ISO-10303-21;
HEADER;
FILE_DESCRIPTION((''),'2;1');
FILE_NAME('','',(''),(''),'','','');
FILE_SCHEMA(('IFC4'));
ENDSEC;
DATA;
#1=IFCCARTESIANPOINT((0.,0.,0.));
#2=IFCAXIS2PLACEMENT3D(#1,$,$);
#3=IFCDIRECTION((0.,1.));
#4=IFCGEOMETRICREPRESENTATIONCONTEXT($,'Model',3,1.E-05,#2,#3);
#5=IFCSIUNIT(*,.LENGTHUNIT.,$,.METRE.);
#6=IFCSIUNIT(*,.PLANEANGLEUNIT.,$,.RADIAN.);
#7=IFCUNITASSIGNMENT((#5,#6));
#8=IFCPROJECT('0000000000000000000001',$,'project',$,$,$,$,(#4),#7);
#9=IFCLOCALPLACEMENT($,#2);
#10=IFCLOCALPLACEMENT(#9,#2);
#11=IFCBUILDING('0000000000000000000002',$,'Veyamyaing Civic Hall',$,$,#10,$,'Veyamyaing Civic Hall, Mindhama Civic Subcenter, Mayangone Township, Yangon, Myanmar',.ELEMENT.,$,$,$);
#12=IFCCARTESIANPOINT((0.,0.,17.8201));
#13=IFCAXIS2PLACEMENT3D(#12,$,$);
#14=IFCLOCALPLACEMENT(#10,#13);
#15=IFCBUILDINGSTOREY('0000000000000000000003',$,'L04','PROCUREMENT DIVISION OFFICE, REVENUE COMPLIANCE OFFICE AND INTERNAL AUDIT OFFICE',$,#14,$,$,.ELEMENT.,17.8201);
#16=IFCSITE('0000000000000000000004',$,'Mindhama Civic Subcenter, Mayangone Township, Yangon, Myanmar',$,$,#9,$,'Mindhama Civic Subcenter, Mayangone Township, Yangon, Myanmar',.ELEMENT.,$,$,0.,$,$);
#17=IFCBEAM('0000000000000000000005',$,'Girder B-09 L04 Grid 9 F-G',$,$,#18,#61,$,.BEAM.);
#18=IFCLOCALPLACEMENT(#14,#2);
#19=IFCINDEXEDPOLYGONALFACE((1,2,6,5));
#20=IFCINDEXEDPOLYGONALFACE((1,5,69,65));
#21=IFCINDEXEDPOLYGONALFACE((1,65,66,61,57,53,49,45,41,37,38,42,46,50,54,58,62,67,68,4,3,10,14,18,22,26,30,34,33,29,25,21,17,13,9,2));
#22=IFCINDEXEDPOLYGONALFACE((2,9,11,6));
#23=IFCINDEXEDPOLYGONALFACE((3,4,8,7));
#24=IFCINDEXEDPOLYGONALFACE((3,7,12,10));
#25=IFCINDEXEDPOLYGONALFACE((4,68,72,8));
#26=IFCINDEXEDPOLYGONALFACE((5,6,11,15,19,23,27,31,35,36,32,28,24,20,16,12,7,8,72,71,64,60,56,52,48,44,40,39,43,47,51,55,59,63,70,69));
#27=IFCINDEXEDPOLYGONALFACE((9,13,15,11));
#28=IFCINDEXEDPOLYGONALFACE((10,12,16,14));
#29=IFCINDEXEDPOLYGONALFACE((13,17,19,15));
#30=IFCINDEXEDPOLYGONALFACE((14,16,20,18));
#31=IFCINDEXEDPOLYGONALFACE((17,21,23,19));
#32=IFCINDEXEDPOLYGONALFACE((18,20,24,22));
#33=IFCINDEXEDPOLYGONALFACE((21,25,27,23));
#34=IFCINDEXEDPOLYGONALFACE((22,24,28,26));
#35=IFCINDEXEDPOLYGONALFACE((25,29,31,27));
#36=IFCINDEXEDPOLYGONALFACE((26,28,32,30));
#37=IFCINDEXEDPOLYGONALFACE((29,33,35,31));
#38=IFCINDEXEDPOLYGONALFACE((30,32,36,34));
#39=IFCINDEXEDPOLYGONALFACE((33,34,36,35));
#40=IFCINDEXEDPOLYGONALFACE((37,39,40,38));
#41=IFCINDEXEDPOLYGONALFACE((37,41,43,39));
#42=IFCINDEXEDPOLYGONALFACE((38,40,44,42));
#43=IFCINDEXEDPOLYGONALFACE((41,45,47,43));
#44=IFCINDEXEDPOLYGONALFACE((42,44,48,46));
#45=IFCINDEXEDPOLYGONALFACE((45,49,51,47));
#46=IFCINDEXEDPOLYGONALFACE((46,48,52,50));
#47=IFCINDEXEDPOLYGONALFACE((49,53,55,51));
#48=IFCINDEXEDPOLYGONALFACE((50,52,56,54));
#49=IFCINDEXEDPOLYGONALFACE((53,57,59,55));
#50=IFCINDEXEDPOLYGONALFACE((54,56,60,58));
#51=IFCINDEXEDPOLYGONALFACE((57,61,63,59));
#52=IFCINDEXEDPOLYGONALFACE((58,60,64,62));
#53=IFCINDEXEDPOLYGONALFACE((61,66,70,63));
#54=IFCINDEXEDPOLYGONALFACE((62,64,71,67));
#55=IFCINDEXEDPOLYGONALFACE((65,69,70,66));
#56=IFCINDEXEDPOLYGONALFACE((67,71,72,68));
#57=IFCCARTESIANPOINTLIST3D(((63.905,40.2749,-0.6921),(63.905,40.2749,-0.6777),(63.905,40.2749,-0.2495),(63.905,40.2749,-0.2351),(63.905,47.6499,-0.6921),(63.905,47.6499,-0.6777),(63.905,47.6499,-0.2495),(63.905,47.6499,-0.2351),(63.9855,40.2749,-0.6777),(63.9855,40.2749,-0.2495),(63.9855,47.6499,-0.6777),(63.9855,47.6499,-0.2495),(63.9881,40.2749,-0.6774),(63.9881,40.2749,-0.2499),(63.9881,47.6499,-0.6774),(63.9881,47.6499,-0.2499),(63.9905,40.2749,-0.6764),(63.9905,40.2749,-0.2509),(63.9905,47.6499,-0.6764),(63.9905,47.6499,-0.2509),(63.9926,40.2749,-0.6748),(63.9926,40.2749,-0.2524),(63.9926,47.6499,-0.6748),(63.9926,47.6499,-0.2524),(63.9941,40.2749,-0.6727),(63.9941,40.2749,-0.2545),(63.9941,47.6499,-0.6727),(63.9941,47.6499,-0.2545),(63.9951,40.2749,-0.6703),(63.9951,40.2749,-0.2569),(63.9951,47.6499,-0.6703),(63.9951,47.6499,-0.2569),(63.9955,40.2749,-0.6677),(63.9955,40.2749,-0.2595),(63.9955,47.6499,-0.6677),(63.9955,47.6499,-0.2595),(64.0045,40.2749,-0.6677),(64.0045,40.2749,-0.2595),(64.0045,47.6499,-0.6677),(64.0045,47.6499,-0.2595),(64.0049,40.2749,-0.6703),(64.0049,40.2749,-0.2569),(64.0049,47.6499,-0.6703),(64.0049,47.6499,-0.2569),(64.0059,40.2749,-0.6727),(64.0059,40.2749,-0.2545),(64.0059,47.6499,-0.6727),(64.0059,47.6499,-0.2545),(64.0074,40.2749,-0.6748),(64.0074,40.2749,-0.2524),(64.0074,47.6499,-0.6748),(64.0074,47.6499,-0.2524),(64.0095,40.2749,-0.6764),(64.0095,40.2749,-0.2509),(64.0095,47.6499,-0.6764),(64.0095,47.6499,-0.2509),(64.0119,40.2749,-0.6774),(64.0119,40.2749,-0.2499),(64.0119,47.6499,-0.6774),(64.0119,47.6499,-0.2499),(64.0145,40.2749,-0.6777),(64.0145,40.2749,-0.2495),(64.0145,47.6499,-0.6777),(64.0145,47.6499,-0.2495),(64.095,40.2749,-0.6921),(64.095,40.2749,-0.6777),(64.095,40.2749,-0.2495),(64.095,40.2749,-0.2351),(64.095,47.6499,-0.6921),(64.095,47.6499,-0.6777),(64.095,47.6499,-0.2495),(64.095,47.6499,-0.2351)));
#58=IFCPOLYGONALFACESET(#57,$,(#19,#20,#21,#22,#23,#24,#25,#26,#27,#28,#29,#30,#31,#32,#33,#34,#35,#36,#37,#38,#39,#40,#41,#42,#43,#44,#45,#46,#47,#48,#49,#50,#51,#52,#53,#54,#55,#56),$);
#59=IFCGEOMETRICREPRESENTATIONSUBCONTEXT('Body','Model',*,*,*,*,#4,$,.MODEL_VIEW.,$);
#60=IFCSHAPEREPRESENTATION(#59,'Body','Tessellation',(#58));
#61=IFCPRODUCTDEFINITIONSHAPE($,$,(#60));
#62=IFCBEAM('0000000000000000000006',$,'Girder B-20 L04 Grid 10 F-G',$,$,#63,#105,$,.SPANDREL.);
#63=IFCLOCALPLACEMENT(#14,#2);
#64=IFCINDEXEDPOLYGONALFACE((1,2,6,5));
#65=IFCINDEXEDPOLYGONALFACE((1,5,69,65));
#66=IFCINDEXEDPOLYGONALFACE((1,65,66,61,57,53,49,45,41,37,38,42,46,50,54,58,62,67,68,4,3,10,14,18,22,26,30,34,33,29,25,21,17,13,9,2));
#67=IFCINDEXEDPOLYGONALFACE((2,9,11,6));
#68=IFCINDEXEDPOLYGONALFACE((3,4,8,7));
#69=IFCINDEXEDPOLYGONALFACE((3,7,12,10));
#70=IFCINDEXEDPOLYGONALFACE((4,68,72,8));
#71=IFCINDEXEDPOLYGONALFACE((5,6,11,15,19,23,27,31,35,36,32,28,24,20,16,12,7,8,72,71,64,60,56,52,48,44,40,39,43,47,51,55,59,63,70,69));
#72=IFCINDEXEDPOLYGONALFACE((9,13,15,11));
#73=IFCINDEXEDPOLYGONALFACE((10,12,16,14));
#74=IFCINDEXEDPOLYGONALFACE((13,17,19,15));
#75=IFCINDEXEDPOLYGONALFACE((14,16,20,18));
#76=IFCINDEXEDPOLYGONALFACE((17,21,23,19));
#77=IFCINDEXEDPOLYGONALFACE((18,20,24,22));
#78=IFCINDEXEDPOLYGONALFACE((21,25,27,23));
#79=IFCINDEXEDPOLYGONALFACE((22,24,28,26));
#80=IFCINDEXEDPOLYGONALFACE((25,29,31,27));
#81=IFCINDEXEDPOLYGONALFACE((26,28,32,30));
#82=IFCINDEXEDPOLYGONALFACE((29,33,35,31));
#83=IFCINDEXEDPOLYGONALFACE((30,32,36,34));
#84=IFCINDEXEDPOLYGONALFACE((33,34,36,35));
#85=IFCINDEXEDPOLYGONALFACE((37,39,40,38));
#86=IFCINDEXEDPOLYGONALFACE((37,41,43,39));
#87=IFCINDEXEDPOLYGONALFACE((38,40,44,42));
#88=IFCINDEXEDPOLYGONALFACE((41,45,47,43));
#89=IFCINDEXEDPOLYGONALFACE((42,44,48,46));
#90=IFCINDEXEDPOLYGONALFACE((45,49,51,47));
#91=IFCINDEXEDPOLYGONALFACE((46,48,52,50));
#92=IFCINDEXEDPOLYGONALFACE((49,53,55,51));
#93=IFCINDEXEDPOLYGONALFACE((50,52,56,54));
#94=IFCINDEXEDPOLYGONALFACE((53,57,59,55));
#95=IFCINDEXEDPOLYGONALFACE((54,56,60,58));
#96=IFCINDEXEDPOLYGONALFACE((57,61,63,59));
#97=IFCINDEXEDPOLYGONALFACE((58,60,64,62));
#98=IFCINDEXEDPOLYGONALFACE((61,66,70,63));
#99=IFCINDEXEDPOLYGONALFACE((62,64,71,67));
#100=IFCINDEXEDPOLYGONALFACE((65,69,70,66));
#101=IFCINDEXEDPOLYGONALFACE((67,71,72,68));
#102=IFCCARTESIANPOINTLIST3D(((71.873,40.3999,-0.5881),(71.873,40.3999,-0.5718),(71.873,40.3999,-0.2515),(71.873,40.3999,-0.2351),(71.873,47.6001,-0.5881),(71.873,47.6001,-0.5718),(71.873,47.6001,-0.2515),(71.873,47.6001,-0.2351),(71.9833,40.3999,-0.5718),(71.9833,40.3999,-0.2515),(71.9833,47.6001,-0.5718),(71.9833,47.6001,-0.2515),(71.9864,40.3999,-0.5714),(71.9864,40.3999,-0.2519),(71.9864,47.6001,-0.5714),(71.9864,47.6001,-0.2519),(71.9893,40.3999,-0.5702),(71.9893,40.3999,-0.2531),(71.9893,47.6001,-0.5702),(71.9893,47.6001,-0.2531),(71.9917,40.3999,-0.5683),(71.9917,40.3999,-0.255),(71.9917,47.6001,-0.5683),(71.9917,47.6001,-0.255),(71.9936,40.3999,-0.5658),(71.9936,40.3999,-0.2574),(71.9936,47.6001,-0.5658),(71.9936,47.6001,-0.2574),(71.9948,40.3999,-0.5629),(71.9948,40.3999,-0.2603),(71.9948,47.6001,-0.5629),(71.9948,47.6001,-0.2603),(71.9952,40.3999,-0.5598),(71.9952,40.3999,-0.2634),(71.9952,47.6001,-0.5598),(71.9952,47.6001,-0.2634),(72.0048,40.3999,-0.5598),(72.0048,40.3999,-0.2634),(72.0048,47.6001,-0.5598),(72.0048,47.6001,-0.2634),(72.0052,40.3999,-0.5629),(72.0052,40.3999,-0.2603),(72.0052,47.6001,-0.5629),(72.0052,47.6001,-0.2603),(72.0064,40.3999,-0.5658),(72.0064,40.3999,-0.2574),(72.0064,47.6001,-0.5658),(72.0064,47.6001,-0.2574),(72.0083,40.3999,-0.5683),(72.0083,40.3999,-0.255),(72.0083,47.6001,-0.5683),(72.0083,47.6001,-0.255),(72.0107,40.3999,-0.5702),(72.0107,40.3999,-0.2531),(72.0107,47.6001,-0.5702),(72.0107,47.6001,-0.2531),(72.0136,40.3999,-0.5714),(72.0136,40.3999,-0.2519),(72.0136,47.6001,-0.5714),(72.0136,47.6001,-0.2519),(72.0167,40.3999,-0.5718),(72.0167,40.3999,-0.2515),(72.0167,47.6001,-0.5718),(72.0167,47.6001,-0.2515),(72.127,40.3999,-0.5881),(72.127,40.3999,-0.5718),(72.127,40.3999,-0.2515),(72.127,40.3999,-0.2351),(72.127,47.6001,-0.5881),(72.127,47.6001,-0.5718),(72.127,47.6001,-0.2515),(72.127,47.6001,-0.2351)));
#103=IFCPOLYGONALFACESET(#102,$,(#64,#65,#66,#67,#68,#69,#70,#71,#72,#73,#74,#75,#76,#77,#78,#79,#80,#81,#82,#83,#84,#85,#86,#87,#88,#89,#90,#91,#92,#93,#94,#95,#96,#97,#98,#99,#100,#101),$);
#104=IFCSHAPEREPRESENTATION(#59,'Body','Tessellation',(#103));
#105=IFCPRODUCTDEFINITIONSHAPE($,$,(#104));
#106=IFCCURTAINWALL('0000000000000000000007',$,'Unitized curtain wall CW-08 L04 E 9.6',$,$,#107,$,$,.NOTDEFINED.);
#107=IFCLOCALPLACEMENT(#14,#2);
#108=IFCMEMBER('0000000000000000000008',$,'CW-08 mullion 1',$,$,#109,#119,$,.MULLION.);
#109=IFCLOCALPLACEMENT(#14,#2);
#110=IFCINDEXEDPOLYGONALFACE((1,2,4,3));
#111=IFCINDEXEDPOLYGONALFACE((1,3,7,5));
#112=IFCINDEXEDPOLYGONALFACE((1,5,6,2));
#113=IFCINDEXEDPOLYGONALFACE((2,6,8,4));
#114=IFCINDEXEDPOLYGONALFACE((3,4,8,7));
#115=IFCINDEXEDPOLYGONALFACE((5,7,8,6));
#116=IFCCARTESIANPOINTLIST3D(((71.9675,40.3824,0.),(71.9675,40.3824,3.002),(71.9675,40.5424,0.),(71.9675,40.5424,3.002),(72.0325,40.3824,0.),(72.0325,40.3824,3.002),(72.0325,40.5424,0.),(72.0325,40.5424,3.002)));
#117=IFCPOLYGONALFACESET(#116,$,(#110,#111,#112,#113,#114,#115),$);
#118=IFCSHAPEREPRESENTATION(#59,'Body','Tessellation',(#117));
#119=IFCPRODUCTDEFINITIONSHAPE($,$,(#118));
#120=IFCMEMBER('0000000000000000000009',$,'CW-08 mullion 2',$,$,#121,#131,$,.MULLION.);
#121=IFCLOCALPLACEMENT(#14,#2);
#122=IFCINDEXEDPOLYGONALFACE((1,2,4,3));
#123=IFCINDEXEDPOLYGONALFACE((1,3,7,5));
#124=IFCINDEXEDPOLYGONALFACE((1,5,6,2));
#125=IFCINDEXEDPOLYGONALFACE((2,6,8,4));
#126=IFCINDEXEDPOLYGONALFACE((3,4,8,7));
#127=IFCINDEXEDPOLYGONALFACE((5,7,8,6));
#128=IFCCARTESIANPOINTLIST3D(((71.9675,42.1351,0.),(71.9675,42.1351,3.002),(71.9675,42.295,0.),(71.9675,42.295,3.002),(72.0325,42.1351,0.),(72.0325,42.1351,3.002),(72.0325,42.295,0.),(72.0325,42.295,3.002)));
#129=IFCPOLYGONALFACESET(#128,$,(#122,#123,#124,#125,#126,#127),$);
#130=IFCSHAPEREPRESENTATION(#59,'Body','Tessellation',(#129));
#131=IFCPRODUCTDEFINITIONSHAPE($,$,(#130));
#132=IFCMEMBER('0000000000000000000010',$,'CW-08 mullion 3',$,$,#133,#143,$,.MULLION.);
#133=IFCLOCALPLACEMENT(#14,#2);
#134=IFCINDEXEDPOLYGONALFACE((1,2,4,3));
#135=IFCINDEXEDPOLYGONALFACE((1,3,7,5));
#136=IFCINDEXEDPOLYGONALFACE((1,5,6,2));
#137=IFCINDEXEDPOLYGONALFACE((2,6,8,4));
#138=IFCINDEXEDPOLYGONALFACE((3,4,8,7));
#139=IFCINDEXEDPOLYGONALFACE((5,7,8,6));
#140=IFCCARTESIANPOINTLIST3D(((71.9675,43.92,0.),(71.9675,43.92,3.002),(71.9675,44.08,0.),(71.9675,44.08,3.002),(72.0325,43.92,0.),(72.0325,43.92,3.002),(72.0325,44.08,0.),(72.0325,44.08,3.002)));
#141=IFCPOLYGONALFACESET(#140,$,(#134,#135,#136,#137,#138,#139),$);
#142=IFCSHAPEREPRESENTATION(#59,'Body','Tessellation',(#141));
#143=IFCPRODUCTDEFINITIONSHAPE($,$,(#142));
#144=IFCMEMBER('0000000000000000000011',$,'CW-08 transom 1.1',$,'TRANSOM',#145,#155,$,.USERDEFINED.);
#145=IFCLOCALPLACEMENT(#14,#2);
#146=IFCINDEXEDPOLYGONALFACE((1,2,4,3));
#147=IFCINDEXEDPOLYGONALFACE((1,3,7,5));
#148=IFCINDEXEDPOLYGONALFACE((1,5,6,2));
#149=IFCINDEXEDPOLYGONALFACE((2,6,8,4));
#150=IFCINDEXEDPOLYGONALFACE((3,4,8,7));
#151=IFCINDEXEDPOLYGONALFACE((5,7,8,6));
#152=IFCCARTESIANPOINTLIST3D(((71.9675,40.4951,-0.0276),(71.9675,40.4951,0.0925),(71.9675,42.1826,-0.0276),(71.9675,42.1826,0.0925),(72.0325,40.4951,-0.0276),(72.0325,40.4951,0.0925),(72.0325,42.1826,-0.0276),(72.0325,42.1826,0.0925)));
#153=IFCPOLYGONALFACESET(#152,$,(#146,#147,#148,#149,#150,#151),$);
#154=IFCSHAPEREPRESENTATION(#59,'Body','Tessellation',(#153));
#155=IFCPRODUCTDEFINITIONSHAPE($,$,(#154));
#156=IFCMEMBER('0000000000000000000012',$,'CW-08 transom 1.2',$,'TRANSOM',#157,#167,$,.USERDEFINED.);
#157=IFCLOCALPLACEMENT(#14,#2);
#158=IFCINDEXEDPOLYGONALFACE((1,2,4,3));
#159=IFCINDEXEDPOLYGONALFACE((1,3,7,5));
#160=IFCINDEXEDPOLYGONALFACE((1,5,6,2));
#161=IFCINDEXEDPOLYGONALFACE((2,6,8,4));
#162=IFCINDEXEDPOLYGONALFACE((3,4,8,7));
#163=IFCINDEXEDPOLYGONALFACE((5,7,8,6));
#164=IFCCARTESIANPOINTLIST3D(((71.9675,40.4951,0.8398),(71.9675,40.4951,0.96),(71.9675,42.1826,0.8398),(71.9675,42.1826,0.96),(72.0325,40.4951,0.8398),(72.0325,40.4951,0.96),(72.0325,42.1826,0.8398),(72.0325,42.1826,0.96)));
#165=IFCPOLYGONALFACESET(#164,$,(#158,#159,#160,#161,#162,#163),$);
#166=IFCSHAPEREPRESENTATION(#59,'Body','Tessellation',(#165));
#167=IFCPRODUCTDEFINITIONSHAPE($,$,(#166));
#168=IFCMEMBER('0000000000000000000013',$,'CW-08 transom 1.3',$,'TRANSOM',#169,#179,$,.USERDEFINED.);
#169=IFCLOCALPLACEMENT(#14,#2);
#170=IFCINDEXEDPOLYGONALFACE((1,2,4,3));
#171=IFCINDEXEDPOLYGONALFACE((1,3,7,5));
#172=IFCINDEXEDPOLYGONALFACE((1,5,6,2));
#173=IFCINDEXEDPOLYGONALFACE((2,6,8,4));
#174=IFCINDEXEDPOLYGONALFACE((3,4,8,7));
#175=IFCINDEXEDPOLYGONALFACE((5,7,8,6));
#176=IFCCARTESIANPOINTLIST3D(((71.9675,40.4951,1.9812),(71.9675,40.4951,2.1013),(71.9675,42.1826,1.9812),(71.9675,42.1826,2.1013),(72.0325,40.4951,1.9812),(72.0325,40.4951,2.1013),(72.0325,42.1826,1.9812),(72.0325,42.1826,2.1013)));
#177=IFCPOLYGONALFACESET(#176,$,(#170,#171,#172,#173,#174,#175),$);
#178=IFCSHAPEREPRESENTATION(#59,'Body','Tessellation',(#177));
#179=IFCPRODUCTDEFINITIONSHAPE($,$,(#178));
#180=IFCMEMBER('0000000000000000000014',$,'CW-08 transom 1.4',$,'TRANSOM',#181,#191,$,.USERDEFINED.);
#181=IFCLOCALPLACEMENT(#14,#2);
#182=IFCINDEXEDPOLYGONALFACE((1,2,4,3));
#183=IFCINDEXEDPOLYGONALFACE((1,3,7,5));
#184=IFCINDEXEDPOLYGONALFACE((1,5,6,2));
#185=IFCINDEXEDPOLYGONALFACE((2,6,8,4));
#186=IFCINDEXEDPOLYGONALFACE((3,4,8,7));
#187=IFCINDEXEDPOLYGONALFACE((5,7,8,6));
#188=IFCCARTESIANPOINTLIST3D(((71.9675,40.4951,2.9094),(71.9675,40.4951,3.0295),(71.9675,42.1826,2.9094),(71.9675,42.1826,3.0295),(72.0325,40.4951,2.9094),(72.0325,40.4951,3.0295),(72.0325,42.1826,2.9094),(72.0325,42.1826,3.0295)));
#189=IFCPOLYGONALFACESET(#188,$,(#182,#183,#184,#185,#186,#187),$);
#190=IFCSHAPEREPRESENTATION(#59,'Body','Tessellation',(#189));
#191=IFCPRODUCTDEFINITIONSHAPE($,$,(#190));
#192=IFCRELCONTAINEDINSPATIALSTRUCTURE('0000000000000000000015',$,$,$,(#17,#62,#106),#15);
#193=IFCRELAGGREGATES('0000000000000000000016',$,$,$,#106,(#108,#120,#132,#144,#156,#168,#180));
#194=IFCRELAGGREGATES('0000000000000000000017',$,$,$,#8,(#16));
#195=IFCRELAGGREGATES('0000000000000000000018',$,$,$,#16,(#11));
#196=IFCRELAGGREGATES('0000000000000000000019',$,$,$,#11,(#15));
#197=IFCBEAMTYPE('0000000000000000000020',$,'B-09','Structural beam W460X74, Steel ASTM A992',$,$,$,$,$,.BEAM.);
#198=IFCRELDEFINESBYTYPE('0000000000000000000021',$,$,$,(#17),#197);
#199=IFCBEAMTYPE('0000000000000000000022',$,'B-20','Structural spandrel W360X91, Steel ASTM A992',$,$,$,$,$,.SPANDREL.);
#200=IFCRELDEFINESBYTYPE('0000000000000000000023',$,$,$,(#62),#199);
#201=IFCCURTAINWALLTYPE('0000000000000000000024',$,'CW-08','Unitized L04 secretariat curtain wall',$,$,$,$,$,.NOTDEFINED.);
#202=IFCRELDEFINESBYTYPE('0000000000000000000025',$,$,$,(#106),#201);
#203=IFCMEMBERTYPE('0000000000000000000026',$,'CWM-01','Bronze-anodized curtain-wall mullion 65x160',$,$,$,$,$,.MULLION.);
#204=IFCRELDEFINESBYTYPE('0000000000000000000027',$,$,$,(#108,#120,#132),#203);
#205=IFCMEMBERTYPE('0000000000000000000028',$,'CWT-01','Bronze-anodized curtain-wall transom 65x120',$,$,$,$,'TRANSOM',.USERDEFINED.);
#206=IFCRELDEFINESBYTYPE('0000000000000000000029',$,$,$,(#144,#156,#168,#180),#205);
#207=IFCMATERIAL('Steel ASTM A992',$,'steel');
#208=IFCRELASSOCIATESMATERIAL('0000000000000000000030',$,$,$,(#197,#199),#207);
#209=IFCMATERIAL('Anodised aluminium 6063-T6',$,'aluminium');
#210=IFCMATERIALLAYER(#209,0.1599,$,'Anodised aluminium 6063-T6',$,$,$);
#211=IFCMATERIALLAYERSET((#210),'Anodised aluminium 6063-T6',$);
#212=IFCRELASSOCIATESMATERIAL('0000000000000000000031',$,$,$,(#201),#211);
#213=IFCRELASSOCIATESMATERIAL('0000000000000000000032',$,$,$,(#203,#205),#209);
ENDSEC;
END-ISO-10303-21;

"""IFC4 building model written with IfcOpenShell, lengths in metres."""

from ifc_helpers import new_model, si_unit, direction, frame, origin, origin_2d, place, context, subcontext, project, spatial, rectangle, i_section, extrude, material, layer, layer_set, material_profile, profile_set, type_object, element, aggregate, save


model = new_model("IFC4")

# Units and contexts
model_context = context("Model", 3, precision=1e-05, world=origin(), true_north=direction((0.0, 1.0)))
body_context = subcontext(model_context, "Body", "Model", "MODEL_VIEW")
ifc_project = project(units=[si_unit("LENGTHUNIT", "METRE"), si_unit("PLANEANGLEUNIT", "RADIAN")], contexts=[model_context])

# Site, building, storey
site_placement = place(None, origin())
site = spatial("IfcSite", under=ifc_project, at=site_placement, Name="Mindhama Civic Subcenter, Mayangone Township, Yangon, Myanmar", LongName="Mindhama Civic Subcenter, Mayangone Township, Yangon, Myanmar", CompositionType="ELEMENT", RefElevation=0.0)
building_placement = place(site_placement, origin())
building = spatial("IfcBuilding", under=site, at=building_placement, Name="Veyamyaing Civic Hall", LongName="Veyamyaing Civic Hall, Mindhama Civic Subcenter, Mayangone Township, Yangon, Myanmar", CompositionType="ELEMENT")
storey_placement = place(building_placement, frame((0.0, 0.0, 17.8201)))
storey = spatial("IfcBuildingStorey", under=building, at=storey_placement, Name="L04", Description="PROCUREMENT DIVISION OFFICE, REVENUE COMPLIANCE OFFICE AND INTERNAL AUDIT OFFICE", CompositionType="ELEMENT", Elevation=17.8201)

# Beams
ifc_material_1 = material(Name="Steel ASTM A992", Category="steel")
ifc_material_profile_1 = material_profile(ifc_material_1, i_section(OverallWidth=0.1899, OverallDepth=0.457, WebThickness=0.009, FlangeThickness=0.0144, FilletRadius=0.01, at=origin_2d()), Name="W460X74")
ifc_profile_set_1 = profile_set([ifc_material_profile_1], Name="Steel ASTM A992")
beam_type_1 = type_object("IfcBeamType", Name="B-09", Description="Structural beam W460X74, Steel ASTM A992", PredefinedType="BEAM", material=ifc_profile_set_1)
beam_1_placement = place(storey_placement, frame((64.0, 40.2749, -0.4636), z_axis=(0.0, 1.0, 0.0), x_axis=(-1.0, 0.0, 0.0)))
element("IfcBeam", 1, at=beam_1_placement, inside=storey, type_object=beam_type_1, Name="Girder B-09 L04 Grid 9 F-G", PredefinedType="BEAM", context=body_context, shape_type="SweptSolid", body=[
    extrude(i_section(OverallWidth=0.1899, OverallDepth=0.457, WebThickness=0.009, FlangeThickness=0.0144, FilletRadius=0.01, at=origin_2d()), origin(), (0.0, 0.0, 1.0), 7.375),
])
ifc_material_profile_2 = material_profile(ifc_material_1, i_section(OverallWidth=0.2539, OverallDepth=0.353, WebThickness=0.0095, FlangeThickness=0.0164, FilletRadius=0.012, at=origin_2d()), Name="W360X91")
ifc_profile_set_2 = profile_set([ifc_material_profile_2], Name="Steel ASTM A992")
beam_type_2 = type_object("IfcBeamType", Name="B-20", Description="Structural spandrel W360X91, Steel ASTM A992", PredefinedType="SPANDREL", material=ifc_profile_set_2)
beam_2_placement = place(storey_placement, frame((72.0, 40.3999, -0.4116), z_axis=(0.0, 1.0, 0.0), x_axis=(-1.0, 0.0, 0.0)))
element("IfcBeam", 2, at=beam_2_placement, inside=storey, type_object=beam_type_2, Name="Girder B-20 L04 Grid 10 F-G", PredefinedType="SPANDREL", context=body_context, shape_type="SweptSolid", body=[
    extrude(i_section(OverallWidth=0.2539, OverallDepth=0.353, WebThickness=0.0095, FlangeThickness=0.0164, FilletRadius=0.012, at=origin_2d()), origin(), (0.0, 0.0, 1.0), 7.2002),
])

# Curtain wall, members
ifc_material_2 = material(Name="Anodised aluminium 6063-T6", Category="aluminium")
ifc_layer_1 = layer(ifc_material_2, 0.1599, Name="Anodised aluminium 6063-T6")
ifc_layer_set_1 = layer_set([ifc_layer_1], Name="Anodised aluminium 6063-T6")
curtain_wall_type = type_object("IfcCurtainWallType", Name="CW-08", Description="Unitized L04 secretariat curtain wall", PredefinedType="NOTDEFINED", material=ifc_layer_set_1)
curtain_wall_placement = place(storey_placement, origin())
curtain_wall = element("IfcCurtainWall", 3, at=curtain_wall_placement, inside=storey, type_object=curtain_wall_type, Name="Unitized curtain wall CW-08 L04 E 9.6", PredefinedType="NOTDEFINED")
ifc_material_profile_3 = material_profile(ifc_material_2, rectangle(XDim=0.0649, YDim=0.1599, at=origin_2d()), Name="ALU-MUL-65X160")
ifc_profile_set_3 = profile_set([ifc_material_profile_3], Name="Anodised aluminium 6063-T6")
member_type_1 = type_object("IfcMemberType", Name="CWM-01", Description="Bronze-anodized curtain-wall mullion 65x160", PredefinedType="MULLION", material=ifc_profile_set_3)
member_1_placement = place(storey_placement, frame((72.0, 40.4624, 0.0), z_axis=(0.0, 0.0, 1.0), x_axis=(-1.0, 0.0, 0.0)))
member_1 = element("IfcMember", 4, at=member_1_placement, type_object=member_type_1, Name="CW-08 mullion 1", PredefinedType="MULLION", context=body_context, shape_type="SweptSolid", body=[
    extrude(rectangle(XDim=0.0649, YDim=0.1599, at=origin_2d()), origin(), (0.0, 0.0, 1.0), 3.002),
])
member_2_placement = place(storey_placement, frame((72.0, 42.2151, 0.0), z_axis=(0.0, 0.0, 1.0), x_axis=(-1.0, 0.0, 0.0)))
member_2 = element("IfcMember", 5, at=member_2_placement, type_object=member_type_1, Name="CW-08 mullion 2", PredefinedType="MULLION", context=body_context, shape_type="SweptSolid", body=[
    extrude(rectangle(XDim=0.0649, YDim=0.1599, at=origin_2d()), origin(), (0.0, 0.0, 1.0), 3.002),
])
member_3_placement = place(storey_placement, frame((72.0, 44.0, 0.0), z_axis=(0.0, 0.0, 1.0), x_axis=(-1.0, 0.0, 0.0)))
member_3 = element("IfcMember", 6, at=member_3_placement, type_object=member_type_1, Name="CW-08 mullion 3", PredefinedType="MULLION", context=body_context, shape_type="SweptSolid", body=[
    extrude(rectangle(XDim=0.0649, YDim=0.1599, at=origin_2d()), origin(), (0.0, 0.0, 1.0), 3.002),
])
ifc_material_profile_4 = material_profile(ifc_material_2, rectangle(XDim=0.0649, YDim=0.1201, at=origin_2d()), Name="ALU-TRN-65X120")
ifc_profile_set_4 = profile_set([ifc_material_profile_4], Name="Anodised aluminium 6063-T6")
member_type_2 = type_object("IfcMemberType", Name="CWT-01", Description="Bronze-anodized curtain-wall transom 65x120", ElementType="TRANSOM", PredefinedType="USERDEFINED", material=ifc_profile_set_4)
member_4_placement = place(storey_placement, frame((72.0, 40.4951, 0.0325), z_axis=(0.0, 1.0, 0.0), x_axis=(-1.0, 0.0, 0.0)))
member_4 = element("IfcMember", 7, at=member_4_placement, type_object=member_type_2, Name="CW-08 transom 1.1", ObjectType="TRANSOM", PredefinedType="USERDEFINED", context=body_context, shape_type="SweptSolid", body=[
    extrude(rectangle(XDim=0.0649, YDim=0.1201, at=origin_2d()), origin(), (0.0, 0.0, 1.0), 1.6875),
])
member_5_placement = place(storey_placement, frame((72.0, 40.4951, 0.8999), z_axis=(0.0, 1.0, 0.0), x_axis=(-1.0, 0.0, 0.0)))
member_5 = element("IfcMember", 8, at=member_5_placement, type_object=member_type_2, Name="CW-08 transom 1.2", ObjectType="TRANSOM", PredefinedType="USERDEFINED", context=body_context, shape_type="SweptSolid", body=[
    extrude(rectangle(XDim=0.0649, YDim=0.1201, at=origin_2d()), origin(), (0.0, 0.0, 1.0), 1.6875),
])
member_6_placement = place(storey_placement, frame((72.0, 40.4951, 2.0413), z_axis=(0.0, 1.0, 0.0), x_axis=(-1.0, 0.0, 0.0)))
member_6 = element("IfcMember", 9, at=member_6_placement, type_object=member_type_2, Name="CW-08 transom 1.3", ObjectType="TRANSOM", PredefinedType="USERDEFINED", context=body_context, shape_type="SweptSolid", body=[
    extrude(rectangle(XDim=0.0649, YDim=0.1201, at=origin_2d()), origin(), (0.0, 0.0, 1.0), 1.6875),
])
member_7_placement = place(storey_placement, frame((72.0, 40.4951, 2.9695), z_axis=(0.0, 1.0, 0.0), x_axis=(-1.0, 0.0, 0.0)))
member_7 = element("IfcMember", 10, at=member_7_placement, type_object=member_type_2, Name="CW-08 transom 1.4", ObjectType="TRANSOM", PredefinedType="USERDEFINED", context=body_context, shape_type="SweptSolid", body=[
    extrude(rectangle(XDim=0.0649, YDim=0.1201, at=origin_2d()), origin(), (0.0, 0.0, 1.0), 1.6875),
])

aggregate(curtain_wall, [member_1, member_2, member_3, member_4, member_5, member_6, member_7])

save(model, "model.ifc")
